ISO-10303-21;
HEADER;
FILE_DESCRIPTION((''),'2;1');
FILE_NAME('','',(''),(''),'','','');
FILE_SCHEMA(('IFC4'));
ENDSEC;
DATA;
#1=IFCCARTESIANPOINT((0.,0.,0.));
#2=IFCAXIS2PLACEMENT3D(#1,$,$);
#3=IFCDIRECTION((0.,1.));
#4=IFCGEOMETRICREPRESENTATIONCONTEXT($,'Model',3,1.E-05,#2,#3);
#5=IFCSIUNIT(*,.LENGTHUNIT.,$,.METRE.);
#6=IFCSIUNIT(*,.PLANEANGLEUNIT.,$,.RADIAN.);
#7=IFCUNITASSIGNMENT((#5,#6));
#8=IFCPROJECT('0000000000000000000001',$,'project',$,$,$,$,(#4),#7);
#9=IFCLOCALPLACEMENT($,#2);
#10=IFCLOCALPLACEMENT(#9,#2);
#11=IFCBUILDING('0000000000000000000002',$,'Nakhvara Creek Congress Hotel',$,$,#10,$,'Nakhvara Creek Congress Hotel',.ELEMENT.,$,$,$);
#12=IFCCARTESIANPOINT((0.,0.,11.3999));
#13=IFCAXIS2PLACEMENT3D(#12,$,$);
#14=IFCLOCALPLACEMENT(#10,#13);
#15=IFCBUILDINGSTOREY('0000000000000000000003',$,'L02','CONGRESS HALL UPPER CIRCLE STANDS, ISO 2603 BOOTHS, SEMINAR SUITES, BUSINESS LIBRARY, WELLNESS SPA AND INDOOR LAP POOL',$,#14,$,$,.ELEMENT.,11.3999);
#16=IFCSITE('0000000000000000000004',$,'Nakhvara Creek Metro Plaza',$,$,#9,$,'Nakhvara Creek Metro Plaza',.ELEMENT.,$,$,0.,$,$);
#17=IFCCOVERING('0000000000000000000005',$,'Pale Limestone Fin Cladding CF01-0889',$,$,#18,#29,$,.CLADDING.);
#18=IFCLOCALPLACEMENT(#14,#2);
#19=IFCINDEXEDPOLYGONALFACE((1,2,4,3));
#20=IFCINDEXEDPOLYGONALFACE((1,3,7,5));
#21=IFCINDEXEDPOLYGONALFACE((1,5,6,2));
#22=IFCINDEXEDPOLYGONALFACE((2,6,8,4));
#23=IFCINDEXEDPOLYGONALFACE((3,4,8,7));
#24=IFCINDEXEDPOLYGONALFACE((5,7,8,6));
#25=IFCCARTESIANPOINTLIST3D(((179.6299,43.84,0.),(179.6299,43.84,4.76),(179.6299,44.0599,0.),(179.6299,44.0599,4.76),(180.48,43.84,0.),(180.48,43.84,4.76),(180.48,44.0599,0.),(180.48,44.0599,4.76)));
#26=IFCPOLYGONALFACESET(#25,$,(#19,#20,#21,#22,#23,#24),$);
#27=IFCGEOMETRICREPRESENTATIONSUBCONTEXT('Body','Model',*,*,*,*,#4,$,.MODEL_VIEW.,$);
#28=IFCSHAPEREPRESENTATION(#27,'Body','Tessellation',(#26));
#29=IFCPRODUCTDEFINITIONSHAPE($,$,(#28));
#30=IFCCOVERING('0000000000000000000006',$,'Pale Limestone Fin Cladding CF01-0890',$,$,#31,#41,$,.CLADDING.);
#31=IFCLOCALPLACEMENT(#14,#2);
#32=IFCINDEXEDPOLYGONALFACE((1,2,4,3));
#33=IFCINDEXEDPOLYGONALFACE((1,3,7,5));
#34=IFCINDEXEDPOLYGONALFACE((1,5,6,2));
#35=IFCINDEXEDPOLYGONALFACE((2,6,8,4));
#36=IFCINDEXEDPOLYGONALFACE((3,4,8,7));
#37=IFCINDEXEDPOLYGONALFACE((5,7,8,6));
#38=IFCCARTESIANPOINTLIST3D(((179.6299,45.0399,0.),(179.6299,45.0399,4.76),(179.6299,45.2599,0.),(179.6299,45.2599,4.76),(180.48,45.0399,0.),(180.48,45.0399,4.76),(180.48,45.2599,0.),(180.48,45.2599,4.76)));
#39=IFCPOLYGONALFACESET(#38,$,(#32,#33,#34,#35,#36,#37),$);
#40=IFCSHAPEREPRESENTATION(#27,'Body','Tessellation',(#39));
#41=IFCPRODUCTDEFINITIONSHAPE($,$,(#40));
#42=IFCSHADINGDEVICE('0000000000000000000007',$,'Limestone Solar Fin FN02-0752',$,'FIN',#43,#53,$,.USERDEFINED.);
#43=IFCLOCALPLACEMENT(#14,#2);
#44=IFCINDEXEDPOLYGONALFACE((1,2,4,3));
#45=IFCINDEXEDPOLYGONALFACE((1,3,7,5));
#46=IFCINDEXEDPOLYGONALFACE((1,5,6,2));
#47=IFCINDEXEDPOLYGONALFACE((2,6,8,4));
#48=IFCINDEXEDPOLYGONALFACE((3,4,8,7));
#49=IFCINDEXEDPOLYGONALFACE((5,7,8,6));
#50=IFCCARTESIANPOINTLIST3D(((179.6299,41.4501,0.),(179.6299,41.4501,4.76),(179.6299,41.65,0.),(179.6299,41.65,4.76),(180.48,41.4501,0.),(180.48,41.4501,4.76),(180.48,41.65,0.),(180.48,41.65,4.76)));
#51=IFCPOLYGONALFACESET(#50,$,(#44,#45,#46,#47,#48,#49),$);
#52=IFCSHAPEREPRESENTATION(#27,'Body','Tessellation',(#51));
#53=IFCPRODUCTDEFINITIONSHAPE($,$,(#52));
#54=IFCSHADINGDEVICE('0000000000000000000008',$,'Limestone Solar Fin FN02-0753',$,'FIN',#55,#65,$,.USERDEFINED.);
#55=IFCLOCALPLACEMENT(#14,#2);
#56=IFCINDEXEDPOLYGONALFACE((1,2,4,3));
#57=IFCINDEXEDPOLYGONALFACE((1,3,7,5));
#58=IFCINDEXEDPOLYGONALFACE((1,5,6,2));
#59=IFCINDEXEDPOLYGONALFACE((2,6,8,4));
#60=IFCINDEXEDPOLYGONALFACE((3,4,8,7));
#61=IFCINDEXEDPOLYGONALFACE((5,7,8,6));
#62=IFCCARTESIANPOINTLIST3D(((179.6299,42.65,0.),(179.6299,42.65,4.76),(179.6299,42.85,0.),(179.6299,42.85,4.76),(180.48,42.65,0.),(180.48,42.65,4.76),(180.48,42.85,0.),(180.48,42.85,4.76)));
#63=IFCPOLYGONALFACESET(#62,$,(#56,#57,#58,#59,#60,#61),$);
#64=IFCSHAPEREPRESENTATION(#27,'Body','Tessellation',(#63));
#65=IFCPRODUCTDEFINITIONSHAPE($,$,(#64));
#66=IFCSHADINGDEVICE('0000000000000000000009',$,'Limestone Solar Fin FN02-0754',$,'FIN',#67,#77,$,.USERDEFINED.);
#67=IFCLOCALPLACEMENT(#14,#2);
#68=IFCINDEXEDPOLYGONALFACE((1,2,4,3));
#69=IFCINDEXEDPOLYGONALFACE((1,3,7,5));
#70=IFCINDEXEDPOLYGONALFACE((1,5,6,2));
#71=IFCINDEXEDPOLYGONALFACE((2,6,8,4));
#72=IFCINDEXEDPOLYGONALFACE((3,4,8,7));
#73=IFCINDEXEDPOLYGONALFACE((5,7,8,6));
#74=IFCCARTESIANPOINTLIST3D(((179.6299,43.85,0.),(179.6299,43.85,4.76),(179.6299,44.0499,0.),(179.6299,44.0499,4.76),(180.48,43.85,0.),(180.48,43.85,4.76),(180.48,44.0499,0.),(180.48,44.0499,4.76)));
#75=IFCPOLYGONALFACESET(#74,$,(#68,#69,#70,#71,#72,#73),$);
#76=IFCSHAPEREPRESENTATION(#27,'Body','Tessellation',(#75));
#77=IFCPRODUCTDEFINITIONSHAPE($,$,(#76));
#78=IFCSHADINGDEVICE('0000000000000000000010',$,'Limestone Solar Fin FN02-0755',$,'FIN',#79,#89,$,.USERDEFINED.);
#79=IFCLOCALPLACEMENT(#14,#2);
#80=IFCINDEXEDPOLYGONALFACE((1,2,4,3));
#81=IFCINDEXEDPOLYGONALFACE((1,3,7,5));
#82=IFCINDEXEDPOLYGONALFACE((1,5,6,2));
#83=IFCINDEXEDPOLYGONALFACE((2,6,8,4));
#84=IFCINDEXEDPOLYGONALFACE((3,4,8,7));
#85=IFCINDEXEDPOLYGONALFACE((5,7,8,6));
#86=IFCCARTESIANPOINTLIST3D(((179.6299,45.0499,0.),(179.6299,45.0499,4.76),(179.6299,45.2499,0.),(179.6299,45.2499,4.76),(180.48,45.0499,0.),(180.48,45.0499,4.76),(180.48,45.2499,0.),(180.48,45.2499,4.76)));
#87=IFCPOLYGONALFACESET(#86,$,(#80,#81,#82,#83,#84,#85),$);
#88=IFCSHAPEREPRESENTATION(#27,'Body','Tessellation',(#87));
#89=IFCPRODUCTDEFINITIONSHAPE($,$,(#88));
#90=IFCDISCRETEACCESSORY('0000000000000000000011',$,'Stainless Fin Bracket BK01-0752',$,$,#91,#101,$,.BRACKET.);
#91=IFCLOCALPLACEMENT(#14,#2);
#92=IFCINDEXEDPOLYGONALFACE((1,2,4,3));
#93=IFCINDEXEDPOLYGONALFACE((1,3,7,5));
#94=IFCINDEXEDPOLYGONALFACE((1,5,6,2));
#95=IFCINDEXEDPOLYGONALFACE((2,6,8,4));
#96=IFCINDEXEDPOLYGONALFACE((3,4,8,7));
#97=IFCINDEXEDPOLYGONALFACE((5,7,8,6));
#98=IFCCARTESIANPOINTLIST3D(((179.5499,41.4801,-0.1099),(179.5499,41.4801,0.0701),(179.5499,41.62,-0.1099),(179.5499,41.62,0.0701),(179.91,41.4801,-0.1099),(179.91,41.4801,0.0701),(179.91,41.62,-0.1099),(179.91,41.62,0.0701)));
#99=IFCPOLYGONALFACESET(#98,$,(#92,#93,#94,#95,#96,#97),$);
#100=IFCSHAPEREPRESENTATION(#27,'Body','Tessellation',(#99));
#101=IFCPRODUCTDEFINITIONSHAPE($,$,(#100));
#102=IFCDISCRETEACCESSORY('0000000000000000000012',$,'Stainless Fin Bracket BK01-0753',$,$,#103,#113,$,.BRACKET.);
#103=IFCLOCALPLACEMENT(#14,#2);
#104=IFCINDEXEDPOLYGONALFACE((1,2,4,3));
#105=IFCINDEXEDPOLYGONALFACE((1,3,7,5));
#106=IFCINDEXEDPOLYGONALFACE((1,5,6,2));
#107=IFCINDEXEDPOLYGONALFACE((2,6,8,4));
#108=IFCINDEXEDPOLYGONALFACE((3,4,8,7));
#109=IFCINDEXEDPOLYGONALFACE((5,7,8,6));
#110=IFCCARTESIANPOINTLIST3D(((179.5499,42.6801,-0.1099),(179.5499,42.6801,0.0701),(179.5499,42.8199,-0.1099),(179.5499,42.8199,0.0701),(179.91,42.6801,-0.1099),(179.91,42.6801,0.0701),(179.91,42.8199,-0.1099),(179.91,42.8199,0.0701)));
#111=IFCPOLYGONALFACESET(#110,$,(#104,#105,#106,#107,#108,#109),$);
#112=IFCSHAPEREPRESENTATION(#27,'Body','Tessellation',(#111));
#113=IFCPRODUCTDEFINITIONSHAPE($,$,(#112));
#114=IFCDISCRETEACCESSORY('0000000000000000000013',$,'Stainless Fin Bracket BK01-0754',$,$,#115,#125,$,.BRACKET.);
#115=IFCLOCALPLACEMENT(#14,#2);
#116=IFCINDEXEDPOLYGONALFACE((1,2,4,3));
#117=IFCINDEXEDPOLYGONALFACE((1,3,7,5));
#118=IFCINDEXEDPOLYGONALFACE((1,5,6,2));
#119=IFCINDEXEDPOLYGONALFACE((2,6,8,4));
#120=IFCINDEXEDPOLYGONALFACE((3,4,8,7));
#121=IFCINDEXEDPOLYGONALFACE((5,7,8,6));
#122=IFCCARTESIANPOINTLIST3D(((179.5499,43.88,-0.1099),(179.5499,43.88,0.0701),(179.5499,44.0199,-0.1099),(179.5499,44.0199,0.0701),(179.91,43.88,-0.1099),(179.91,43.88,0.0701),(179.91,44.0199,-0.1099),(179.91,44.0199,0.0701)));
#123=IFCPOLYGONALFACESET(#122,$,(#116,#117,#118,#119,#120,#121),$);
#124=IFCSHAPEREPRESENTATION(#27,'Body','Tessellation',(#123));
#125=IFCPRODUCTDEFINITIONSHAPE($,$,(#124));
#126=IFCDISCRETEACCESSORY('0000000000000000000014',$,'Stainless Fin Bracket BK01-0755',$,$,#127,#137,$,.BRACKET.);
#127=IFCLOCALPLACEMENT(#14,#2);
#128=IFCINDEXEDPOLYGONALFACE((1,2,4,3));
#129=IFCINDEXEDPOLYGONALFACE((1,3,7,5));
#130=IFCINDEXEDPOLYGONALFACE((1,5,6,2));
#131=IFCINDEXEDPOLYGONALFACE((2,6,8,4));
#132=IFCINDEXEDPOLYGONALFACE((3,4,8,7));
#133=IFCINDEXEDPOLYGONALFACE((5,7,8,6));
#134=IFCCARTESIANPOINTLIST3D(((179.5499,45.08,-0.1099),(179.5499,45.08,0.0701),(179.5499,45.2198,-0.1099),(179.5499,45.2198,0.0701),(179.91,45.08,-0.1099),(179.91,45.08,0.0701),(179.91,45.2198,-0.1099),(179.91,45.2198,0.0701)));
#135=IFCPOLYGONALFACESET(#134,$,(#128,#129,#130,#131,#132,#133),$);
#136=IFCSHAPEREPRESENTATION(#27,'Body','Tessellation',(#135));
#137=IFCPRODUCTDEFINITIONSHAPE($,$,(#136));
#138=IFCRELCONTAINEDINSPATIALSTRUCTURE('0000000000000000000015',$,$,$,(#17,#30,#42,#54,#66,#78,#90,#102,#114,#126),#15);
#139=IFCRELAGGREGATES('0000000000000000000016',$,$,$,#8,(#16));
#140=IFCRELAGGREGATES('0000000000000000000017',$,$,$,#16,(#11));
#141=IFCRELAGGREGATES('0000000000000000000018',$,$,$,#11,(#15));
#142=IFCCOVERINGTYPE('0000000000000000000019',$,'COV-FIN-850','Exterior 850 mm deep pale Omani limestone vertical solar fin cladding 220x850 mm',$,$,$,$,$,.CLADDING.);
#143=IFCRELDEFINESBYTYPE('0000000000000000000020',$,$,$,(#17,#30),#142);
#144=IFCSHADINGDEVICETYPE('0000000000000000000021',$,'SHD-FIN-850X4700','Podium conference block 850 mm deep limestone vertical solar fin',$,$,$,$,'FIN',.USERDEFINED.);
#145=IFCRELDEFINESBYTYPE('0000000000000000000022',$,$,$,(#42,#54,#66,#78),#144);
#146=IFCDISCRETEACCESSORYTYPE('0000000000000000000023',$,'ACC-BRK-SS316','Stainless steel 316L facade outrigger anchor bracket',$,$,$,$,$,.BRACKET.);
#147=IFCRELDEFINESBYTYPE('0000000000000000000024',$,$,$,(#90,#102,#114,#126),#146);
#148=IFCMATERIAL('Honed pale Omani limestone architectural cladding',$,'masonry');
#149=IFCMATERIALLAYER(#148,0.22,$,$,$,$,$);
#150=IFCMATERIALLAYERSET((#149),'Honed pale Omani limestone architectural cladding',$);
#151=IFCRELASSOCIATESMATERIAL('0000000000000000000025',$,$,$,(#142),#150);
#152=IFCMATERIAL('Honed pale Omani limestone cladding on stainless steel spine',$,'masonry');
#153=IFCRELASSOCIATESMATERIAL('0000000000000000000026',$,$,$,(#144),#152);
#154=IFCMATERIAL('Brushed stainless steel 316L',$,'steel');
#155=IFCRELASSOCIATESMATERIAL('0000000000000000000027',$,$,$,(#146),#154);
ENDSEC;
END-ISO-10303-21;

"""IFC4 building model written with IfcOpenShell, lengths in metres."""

from ifc_helpers import new_model, si_unit, direction, frame, origin, origin_2d, place, context, subcontext, project, spatial, rectangle, extrude, material, layer, layer_set, type_object, element, save


model = new_model("IFC4")

# Units and contexts
model_context = context("Model", 3, precision=1e-05, world=origin(), true_north=direction((0.0, 1.0)))
body_context = subcontext(model_context, "Body", "Model", "MODEL_VIEW")
ifc_project = project(units=[si_unit("LENGTHUNIT", "METRE"), si_unit("PLANEANGLEUNIT", "RADIAN")], contexts=[model_context])

# Site, building, storey
site_placement = place(None, origin())
site = spatial("IfcSite", under=ifc_project, at=site_placement, Name="Nakhvara Creek Metro Plaza", LongName="Nakhvara Creek Metro Plaza", CompositionType="ELEMENT", RefElevation=0.0)
building_placement = place(site_placement, origin())
building = spatial("IfcBuilding", under=site, at=building_placement, Name="Nakhvara Creek Congress Hotel", LongName="Nakhvara Creek Congress Hotel", CompositionType="ELEMENT")
storey_placement = place(building_placement, frame((0.0, 0.0, 11.3999)))
storey = spatial("IfcBuildingStorey", under=building, at=storey_placement, Name="L02", Description="CONGRESS HALL UPPER CIRCLE STANDS, ISO 2603 BOOTHS, SEMINAR SUITES, BUSINESS LIBRARY, WELLNESS SPA AND INDOOR LAP POOL", CompositionType="ELEMENT", Elevation=11.3999)

# Coverings
ifc_material_1 = material(Name="Honed pale Omani limestone architectural cladding", Category="masonry")
ifc_layer_1 = layer(ifc_material_1, 0.22)
ifc_layer_set_1 = layer_set([ifc_layer_1], Name="Honed pale Omani limestone architectural cladding")
covering_type = type_object("IfcCoveringType", Name="COV-FIN-850", Description="Exterior 850 mm deep pale Omani limestone vertical solar fin cladding 220x850 mm", PredefinedType="CLADDING", material=ifc_layer_set_1)
for number, where, z_axis, x_axis, name in (
    (1, (180.0549, 43.95, 0.0), (0.0, 0.0, 1.0), (0.0, 1.0, 0.0), "Pale Limestone Fin Cladding CF01-0889"),
    (2, (180.0549, 45.1499, 0.0), (0.0, 0.0, 1.0), (0.0, 1.0, 0.0), "Pale Limestone Fin Cladding CF01-0890"),
):
    element("IfcCovering", number, at=place(storey_placement, frame(where, z_axis=z_axis, x_axis=x_axis)), inside=storey, type_object=covering_type, Name=name, PredefinedType="CLADDING", context=body_context, shape_type="SweptSolid", body=[
        extrude(rectangle(XDim=0.22, YDim=0.8501, at=origin_2d()), origin(), (0.0, 0.0, 1.0), 4.76),
    ])

# Shading devices
ifc_material_2 = material(Name="Honed pale Omani limestone cladding on stainless steel spine", Category="masonry")
shading_device_type = type_object("IfcShadingDeviceType", Name="SHD-FIN-850X4700", Description="Podium conference block 850 mm deep limestone vertical solar fin", ElementType="FIN", PredefinedType="USERDEFINED", material=ifc_material_2)
for number, where, z_axis, x_axis, name in (
    (3, (180.0549, 41.55, 0.0), (0.0, 0.0, 1.0), (0.0, 1.0, 0.0), "Limestone Solar Fin FN02-0752"),
    (4, (180.0549, 42.75, 0.0), (0.0, 0.0, 1.0), (0.0, 1.0, 0.0), "Limestone Solar Fin FN02-0753"),
    (5, (180.0549, 43.95, 0.0), (0.0, 0.0, 1.0), (0.0, 1.0, 0.0), "Limestone Solar Fin FN02-0754"),
    (6, (180.0549, 45.1499, 0.0), (0.0, 0.0, 1.0), (0.0, 1.0, 0.0), "Limestone Solar Fin FN02-0755"),
):
    element("IfcShadingDevice", number, at=place(storey_placement, frame(where, z_axis=z_axis, x_axis=x_axis)), inside=storey, type_object=shading_device_type, Name=name, ObjectType="FIN", PredefinedType="USERDEFINED", context=body_context, shape_type="SweptSolid", body=[
        extrude(rectangle(XDim=0.2, YDim=0.8501, at=origin_2d()), origin(), (0.0, 0.0, 1.0), 4.76),
    ])

# Discrete accessories
ifc_material_3 = material(Name="Brushed stainless steel 316L", Category="steel")
discrete_accessory_type = type_object("IfcDiscreteAccessoryType", Name="ACC-BRK-SS316", Description="Stainless steel 316L facade outrigger anchor bracket", PredefinedType="BRACKET", material=ifc_material_3)
for number, where, z_axis, x_axis, name in (
    (7, (179.73, 41.55, -0.1099), (0.0, 0.0, 1.0), (0.0, 1.0, 0.0), "Stainless Fin Bracket BK01-0752"),
    (8, (179.73, 42.75, -0.1099), (0.0, 0.0, 1.0), (0.0, 1.0, 0.0), "Stainless Fin Bracket BK01-0753"),
    (9, (179.73, 43.95, -0.1099), (0.0, 0.0, 1.0), (0.0, 1.0, 0.0), "Stainless Fin Bracket BK01-0754"),
    (10, (179.73, 45.1499, -0.1099), (0.0, 0.0, 1.0), (0.0, 1.0, 0.0), "Stainless Fin Bracket BK01-0755"),
):
    element("IfcDiscreteAccessory", number, at=place(storey_placement, frame(where, z_axis=z_axis, x_axis=x_axis)), inside=storey, type_object=discrete_accessory_type, Name=name, PredefinedType="BRACKET", context=body_context, shape_type="SweptSolid", body=[
        extrude(rectangle(XDim=0.1399, YDim=0.3601, at=origin_2d()), origin(), (0.0, 0.0, 1.0), 0.1799),
    ])

save(model, "model.ifc")
